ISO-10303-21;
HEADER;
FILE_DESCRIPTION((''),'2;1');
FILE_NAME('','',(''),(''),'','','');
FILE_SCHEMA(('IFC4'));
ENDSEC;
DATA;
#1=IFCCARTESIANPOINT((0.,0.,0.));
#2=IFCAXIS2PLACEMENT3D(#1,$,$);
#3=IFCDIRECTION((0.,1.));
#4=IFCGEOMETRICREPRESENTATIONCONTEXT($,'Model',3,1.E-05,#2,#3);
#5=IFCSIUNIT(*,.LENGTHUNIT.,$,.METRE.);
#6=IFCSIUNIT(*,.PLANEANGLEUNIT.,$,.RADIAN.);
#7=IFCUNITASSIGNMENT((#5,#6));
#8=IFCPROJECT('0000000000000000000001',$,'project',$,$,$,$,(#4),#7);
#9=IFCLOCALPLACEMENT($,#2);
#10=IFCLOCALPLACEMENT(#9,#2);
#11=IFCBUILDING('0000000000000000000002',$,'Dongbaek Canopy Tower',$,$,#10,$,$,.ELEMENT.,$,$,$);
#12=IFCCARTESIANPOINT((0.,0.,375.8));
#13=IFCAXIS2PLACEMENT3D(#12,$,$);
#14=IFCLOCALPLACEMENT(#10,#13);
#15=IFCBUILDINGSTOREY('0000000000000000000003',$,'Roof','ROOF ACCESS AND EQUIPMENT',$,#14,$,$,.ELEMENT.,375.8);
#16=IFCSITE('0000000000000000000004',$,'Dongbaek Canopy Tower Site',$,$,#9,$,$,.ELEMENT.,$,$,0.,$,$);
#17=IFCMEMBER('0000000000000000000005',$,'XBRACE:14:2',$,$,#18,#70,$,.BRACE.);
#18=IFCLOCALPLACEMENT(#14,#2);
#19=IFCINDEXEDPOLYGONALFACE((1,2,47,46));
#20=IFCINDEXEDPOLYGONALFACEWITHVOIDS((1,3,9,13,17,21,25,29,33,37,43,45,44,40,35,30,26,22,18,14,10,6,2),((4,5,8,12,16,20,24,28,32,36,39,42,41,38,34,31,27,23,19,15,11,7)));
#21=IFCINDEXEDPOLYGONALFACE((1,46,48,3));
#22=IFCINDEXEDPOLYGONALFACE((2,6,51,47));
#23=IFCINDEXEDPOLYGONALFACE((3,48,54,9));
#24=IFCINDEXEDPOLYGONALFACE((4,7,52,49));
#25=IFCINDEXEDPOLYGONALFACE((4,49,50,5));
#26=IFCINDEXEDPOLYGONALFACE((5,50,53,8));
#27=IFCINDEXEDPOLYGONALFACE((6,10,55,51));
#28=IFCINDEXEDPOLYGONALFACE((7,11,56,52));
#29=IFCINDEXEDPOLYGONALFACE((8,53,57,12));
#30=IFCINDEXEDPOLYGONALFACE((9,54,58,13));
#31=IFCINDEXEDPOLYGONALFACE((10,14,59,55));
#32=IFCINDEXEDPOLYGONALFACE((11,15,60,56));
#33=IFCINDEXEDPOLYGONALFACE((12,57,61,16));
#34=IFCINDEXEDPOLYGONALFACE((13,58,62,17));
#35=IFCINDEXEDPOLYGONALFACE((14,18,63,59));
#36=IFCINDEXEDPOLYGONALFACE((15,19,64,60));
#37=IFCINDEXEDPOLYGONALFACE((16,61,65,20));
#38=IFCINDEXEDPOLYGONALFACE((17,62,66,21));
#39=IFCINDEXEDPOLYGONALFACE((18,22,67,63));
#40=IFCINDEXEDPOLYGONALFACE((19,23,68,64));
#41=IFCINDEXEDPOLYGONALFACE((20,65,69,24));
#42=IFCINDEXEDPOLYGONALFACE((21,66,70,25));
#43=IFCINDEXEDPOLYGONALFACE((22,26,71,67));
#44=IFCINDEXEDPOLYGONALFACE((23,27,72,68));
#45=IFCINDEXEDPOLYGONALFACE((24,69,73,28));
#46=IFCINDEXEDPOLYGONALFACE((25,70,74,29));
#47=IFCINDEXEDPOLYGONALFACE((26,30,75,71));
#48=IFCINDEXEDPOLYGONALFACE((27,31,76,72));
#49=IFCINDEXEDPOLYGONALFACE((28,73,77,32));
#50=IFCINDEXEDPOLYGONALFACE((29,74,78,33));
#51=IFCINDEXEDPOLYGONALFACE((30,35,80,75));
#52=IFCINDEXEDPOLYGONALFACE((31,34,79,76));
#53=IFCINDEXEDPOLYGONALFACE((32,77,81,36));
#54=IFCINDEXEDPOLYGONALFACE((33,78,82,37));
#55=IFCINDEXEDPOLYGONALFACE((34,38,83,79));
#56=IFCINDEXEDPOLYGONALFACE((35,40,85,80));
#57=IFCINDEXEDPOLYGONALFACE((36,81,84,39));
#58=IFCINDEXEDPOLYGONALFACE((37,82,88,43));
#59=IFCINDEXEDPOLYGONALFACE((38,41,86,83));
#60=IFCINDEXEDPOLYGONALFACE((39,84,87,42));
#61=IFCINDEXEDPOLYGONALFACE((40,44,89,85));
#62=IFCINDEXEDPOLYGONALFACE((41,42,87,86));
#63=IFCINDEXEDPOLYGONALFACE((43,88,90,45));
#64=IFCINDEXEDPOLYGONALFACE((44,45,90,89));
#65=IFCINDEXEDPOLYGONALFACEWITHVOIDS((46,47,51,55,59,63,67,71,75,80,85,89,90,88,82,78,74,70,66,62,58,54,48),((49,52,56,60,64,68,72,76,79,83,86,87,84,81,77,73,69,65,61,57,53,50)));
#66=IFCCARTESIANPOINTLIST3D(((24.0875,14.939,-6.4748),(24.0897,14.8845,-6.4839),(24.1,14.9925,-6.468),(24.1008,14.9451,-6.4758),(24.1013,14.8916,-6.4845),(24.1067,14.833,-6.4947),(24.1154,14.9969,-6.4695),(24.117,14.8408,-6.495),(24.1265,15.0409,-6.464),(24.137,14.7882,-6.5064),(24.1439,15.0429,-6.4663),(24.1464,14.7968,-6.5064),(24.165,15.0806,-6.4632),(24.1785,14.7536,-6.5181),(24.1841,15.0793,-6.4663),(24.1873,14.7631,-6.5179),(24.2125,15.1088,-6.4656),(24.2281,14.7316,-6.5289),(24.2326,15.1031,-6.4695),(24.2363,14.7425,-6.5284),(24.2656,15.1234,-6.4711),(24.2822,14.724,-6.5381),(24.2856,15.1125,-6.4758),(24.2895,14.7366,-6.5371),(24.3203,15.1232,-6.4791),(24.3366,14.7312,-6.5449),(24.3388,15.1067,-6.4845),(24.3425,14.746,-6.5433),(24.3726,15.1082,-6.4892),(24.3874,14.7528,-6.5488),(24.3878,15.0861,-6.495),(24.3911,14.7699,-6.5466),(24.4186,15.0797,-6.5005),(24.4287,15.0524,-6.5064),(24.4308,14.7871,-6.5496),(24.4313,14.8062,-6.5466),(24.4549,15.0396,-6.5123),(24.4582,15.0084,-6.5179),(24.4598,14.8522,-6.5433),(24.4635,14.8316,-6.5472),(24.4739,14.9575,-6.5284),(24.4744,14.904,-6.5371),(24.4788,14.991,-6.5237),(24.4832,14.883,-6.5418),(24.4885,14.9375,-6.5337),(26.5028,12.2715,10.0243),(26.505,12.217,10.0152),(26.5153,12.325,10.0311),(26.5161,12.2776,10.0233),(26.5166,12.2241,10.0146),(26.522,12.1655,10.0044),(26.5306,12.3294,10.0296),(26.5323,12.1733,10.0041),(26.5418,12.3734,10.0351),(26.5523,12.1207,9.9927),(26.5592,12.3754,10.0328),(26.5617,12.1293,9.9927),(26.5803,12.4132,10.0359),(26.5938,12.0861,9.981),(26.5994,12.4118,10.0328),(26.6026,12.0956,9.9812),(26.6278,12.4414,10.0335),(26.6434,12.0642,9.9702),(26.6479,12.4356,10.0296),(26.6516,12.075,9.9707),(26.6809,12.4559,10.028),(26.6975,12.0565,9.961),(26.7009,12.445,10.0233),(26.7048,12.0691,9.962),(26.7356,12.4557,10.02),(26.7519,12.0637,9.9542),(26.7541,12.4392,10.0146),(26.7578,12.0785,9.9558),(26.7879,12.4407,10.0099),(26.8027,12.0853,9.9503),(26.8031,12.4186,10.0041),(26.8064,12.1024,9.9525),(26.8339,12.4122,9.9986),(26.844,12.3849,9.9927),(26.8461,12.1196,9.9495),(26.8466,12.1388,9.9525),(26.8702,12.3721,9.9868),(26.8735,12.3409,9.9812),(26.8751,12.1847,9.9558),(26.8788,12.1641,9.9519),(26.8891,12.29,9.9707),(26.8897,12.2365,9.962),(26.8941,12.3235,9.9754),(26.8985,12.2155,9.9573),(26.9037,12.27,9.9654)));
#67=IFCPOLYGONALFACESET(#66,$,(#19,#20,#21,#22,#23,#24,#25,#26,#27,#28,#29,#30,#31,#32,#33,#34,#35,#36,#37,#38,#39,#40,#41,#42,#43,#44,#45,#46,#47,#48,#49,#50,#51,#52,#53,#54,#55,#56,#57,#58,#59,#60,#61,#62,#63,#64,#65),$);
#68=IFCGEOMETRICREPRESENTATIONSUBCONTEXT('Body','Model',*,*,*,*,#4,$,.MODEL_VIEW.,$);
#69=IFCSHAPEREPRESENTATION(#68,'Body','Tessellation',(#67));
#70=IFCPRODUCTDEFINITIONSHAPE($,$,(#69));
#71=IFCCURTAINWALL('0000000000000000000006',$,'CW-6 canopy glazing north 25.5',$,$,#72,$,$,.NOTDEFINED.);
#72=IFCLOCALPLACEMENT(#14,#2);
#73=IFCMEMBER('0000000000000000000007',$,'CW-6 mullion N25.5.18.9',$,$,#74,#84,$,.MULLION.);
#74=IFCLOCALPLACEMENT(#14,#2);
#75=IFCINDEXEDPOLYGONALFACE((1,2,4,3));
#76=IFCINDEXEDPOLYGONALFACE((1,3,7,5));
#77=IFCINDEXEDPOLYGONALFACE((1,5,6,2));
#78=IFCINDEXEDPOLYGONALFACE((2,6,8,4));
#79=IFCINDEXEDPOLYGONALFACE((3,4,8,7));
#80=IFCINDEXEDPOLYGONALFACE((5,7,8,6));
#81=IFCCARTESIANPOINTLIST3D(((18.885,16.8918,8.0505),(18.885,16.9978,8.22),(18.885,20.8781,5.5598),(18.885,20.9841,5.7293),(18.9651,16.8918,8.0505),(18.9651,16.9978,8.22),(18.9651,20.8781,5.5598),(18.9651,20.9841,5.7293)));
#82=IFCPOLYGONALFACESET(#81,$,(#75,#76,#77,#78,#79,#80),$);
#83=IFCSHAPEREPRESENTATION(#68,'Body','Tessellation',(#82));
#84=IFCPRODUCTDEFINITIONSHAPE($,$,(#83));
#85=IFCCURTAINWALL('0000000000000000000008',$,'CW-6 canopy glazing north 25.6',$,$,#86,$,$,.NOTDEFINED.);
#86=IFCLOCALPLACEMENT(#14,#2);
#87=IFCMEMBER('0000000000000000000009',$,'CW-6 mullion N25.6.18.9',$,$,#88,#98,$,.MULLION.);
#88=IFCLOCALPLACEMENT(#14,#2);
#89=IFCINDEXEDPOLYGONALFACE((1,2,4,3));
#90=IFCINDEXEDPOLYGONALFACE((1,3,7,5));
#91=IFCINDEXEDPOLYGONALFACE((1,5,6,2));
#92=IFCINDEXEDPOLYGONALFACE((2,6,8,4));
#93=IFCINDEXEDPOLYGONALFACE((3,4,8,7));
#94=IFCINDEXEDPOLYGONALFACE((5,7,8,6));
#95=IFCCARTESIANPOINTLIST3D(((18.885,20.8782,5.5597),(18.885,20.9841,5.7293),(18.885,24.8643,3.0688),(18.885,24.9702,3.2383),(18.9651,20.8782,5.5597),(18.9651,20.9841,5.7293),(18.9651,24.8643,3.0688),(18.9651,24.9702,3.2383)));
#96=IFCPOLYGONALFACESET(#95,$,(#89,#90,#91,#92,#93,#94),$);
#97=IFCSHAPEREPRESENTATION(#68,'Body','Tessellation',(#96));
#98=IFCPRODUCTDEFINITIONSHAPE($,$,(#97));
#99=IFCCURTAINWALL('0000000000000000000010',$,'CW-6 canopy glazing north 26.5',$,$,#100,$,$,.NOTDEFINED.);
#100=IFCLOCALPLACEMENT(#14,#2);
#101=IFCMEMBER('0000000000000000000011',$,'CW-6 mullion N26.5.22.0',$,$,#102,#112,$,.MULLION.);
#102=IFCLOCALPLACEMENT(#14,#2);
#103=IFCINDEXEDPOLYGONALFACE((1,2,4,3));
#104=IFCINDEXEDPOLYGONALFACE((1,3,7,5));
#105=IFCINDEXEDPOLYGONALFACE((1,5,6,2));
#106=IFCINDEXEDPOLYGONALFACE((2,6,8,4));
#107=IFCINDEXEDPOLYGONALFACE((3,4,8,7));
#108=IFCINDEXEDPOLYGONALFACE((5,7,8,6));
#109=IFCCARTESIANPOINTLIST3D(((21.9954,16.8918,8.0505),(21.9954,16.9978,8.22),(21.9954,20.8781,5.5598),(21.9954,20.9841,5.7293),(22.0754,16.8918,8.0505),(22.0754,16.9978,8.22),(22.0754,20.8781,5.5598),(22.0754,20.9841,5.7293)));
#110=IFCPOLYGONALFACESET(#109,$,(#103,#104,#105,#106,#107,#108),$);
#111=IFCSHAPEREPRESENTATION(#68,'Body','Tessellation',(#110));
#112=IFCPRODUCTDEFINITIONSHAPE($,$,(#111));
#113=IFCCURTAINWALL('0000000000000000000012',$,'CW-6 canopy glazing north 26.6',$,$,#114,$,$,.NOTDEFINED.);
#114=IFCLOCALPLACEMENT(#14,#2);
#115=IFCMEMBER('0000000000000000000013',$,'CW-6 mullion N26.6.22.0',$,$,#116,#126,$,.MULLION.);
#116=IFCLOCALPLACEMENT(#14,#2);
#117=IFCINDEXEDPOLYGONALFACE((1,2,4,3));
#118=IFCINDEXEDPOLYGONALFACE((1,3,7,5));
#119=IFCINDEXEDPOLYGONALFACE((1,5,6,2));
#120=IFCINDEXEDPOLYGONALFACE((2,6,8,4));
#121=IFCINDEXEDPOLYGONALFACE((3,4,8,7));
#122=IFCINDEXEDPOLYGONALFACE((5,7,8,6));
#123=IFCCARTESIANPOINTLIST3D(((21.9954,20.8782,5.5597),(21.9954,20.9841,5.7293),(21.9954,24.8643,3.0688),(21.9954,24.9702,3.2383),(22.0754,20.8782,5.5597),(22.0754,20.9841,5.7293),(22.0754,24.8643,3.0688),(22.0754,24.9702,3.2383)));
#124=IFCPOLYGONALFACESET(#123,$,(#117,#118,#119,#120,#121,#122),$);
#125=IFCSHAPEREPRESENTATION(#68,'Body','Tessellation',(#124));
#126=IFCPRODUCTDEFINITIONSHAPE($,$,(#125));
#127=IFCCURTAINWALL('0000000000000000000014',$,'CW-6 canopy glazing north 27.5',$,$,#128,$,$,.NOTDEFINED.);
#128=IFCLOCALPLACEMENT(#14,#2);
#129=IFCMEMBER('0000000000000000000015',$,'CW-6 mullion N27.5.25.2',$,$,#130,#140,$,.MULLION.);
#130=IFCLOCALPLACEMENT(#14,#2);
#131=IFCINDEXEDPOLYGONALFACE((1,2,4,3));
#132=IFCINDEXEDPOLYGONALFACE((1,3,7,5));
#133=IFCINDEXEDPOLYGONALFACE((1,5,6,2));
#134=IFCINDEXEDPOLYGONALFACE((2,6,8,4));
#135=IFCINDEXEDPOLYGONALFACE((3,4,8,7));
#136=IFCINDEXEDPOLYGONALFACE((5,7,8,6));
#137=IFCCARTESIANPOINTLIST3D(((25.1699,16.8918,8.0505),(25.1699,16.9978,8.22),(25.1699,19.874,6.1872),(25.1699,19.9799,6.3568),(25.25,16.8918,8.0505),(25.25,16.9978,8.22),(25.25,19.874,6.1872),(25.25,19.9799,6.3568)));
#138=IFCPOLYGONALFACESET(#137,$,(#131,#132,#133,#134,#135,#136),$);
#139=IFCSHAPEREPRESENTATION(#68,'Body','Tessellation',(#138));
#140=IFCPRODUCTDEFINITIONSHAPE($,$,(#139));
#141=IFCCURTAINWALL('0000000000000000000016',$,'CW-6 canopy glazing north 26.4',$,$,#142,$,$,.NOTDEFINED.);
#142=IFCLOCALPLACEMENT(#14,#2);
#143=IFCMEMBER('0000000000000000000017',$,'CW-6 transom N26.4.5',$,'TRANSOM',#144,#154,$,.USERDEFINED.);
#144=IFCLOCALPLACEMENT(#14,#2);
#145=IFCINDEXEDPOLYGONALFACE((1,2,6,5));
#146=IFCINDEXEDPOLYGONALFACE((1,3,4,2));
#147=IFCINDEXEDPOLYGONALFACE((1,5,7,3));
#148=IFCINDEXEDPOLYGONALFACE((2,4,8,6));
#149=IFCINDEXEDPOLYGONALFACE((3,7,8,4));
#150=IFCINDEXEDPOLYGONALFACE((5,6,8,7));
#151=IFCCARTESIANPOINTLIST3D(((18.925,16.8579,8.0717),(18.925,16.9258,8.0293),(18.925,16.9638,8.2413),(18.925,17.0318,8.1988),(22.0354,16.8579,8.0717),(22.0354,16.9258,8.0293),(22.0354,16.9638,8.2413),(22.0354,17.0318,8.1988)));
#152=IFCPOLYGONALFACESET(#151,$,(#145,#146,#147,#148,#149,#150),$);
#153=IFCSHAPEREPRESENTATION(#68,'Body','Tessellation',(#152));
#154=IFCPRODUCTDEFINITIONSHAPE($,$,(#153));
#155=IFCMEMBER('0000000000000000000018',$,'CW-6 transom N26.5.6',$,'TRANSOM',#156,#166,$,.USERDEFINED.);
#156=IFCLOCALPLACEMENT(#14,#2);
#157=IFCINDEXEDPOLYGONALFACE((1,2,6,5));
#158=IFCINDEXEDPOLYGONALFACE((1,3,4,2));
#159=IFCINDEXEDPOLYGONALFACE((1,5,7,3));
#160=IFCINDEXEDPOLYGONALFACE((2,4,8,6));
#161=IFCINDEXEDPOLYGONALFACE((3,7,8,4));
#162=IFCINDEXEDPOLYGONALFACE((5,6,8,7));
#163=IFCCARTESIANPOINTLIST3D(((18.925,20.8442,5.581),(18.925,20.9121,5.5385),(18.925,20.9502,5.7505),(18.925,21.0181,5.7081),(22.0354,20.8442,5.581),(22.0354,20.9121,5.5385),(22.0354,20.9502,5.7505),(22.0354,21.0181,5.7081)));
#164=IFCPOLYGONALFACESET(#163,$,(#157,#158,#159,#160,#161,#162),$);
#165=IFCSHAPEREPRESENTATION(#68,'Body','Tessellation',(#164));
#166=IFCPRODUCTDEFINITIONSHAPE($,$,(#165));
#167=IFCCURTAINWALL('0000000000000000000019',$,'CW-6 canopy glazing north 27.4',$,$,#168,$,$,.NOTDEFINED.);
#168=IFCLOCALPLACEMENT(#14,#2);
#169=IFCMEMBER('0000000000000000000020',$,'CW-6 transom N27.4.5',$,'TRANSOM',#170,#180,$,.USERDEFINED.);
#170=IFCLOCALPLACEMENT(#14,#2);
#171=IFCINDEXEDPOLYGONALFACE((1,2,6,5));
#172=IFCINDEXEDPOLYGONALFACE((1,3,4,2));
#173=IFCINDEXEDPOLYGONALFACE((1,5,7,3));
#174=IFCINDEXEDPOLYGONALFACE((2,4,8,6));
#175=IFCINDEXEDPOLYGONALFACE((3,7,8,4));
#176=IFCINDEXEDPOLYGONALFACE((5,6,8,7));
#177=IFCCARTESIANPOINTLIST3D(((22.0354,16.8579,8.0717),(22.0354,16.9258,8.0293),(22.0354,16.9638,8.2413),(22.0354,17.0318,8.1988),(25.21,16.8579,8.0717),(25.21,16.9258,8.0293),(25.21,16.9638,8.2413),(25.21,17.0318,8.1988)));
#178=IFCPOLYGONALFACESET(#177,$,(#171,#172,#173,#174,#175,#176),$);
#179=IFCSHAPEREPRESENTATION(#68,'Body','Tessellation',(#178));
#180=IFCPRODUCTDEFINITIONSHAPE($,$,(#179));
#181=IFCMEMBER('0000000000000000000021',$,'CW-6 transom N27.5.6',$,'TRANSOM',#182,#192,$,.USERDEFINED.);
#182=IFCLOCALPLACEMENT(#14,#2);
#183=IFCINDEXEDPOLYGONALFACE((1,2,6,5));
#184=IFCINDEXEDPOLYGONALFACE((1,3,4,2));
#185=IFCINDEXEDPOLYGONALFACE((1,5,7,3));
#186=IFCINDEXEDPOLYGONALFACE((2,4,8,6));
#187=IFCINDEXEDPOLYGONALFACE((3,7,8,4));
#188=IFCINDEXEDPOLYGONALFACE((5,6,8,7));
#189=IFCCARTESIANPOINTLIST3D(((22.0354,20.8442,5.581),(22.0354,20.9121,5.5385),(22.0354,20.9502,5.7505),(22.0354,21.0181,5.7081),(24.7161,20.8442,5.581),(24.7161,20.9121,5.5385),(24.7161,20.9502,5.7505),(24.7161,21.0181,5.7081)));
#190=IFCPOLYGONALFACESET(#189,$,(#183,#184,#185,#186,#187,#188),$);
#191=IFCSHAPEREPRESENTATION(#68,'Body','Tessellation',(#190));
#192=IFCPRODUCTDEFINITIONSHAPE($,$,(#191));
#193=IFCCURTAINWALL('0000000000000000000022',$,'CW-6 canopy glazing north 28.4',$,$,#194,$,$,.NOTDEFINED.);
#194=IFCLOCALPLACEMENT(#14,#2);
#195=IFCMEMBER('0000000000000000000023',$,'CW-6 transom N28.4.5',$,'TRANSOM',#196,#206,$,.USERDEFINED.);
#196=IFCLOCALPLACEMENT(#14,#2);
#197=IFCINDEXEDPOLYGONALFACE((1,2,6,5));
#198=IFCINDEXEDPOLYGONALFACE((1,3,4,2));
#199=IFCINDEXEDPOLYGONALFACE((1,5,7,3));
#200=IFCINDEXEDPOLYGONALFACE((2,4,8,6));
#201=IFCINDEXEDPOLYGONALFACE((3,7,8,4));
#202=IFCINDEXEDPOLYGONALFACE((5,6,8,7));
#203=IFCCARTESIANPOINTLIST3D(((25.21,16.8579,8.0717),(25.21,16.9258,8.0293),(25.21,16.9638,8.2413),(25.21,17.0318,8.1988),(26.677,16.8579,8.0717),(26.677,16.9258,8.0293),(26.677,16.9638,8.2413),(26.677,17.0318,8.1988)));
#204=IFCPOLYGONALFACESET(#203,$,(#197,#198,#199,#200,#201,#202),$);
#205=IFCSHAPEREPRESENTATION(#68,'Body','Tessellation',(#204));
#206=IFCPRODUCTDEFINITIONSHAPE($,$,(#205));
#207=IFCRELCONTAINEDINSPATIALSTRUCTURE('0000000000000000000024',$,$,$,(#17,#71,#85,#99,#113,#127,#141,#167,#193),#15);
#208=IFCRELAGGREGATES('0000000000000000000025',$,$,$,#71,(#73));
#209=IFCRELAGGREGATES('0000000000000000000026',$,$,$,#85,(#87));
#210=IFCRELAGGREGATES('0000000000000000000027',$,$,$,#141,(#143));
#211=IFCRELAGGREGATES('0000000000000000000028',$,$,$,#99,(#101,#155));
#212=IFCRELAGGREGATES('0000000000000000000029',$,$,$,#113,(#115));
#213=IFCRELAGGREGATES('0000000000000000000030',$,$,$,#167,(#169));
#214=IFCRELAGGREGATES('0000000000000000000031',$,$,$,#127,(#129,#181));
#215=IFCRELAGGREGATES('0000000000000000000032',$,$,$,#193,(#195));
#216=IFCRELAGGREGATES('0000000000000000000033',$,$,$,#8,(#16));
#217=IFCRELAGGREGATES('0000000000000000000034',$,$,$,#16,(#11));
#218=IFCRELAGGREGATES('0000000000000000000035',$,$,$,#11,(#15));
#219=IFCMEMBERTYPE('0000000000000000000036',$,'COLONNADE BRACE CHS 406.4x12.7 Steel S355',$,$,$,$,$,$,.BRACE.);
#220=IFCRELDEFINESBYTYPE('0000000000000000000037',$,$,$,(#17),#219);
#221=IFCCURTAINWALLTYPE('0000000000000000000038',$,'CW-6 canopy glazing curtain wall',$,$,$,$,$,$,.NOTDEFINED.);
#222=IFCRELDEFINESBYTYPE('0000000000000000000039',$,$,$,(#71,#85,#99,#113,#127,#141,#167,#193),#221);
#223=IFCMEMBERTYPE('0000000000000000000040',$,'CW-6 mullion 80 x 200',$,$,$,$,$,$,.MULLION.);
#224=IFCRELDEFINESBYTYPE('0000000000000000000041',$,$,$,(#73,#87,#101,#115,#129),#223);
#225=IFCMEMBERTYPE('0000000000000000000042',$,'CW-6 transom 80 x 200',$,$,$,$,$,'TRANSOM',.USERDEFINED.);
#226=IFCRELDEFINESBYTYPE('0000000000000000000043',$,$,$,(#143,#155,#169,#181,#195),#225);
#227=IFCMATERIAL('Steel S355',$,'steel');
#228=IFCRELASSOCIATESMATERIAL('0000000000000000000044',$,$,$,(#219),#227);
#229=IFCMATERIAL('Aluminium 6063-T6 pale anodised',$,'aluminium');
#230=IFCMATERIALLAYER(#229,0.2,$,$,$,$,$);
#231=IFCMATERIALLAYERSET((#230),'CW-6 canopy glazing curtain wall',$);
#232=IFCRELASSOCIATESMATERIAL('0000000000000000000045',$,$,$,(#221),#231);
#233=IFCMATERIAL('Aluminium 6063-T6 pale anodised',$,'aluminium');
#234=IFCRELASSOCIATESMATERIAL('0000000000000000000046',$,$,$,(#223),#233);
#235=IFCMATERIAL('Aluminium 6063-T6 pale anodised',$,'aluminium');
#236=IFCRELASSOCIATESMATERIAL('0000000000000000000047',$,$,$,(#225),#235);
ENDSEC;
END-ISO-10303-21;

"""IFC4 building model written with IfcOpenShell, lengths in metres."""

from ifc_helpers import new_model, si_unit, direction, frame, origin, origin_2d, place, context, subcontext, project, spatial, rectangle, hollow_circle, extrude, material, layer, layer_set, material_profile, profile_set, type_object, element, aggregate, save


model = new_model("IFC4")

# Units and contexts
model_context = context("Model", 3, precision=1e-05, world=origin(), true_north=direction((0.0, 1.0)))
body_context = subcontext(model_context, "Body", "Model", "MODEL_VIEW")
ifc_project = project(units=[si_unit("LENGTHUNIT", "METRE"), si_unit("PLANEANGLEUNIT", "RADIAN")], contexts=[model_context])

# Site, building, storey
site_placement = place(None, origin())
site = spatial("IfcSite", under=ifc_project, at=site_placement, Name="Dongbaek Canopy Tower Site", CompositionType="ELEMENT", RefElevation=0.0)
building_placement = place(site_placement, origin())
building = spatial("IfcBuilding", under=site, at=building_placement, Name="Dongbaek Canopy Tower", CompositionType="ELEMENT")
storey_placement = place(building_placement, frame((0.0, 0.0, 375.8)))
storey = spatial("IfcBuildingStorey", under=building, at=storey_placement, Name="Roof", Description="ROOF ACCESS AND EQUIPMENT", CompositionType="ELEMENT", Elevation=375.8)

# Member
ifc_material_1 = material(Name="Steel S355", Category="steel")
ifc_material_profile_1 = material_profile(ifc_material_1, hollow_circle(Radius=0.2031, WallThickness=0.0127, at=origin_2d()), Name="COLONNADE BRACE CHS 406.4x12.7 Steel S355")
ifc_profile_set_1 = profile_set([ifc_material_profile_1], Name="Steel S355")
member_type_1 = type_object("IfcMemberType", Name="COLONNADE BRACE CHS 406.4x12.7 Steel S355", PredefinedType="BRACE", material=ifc_profile_set_1)
member_1_placement = place(storey_placement, frame((26.7029, 12.2571, 9.9927), z_axis=(-0.143027, 0.157962, -0.977032), x_axis=(-0.74128, -0.671196, 0.0)))
element("IfcMember", 1, at=member_1_placement, inside=storey, type_object=member_type_1, Name="XBRACE:14:2", PredefinedType="BRACE", context=body_context, shape_type="SweptSolid", body=[
    extrude(hollow_circle(Radius=0.2031, WallThickness=0.0127, at=origin_2d()), origin(), (0.0, 0.0, 1.0), 16.887),
])

# Curtain walls, members
ifc_material_2 = material(Name="Aluminium 6063-T6 pale anodised", Category="aluminium")
ifc_layer_1 = layer(ifc_material_2, 0.2)
ifc_layer_set_1 = layer_set([ifc_layer_1], Name="CW-6 canopy glazing curtain wall")
curtain_wall_type = type_object("IfcCurtainWallType", Name="CW-6 canopy glazing curtain wall", PredefinedType="NOTDEFINED", material=ifc_layer_set_1)
curtain_wall_1_placement = place(storey_placement, origin())
curtain_wall_1 = element("IfcCurtainWall", 2, at=curtain_wall_1_placement, inside=storey, type_object=curtain_wall_type, Name="CW-6 canopy glazing north 25.5", PredefinedType="NOTDEFINED")
ifc_material_3 = material(Name="Aluminium 6063-T6 pale anodised", Category="aluminium")
ifc_material_profile_2 = material_profile(ifc_material_3, rectangle(XDim=0.0801, YDim=0.2, at=origin_2d()), Name="CW-6 mullion 80 x 200")
ifc_profile_set_2 = profile_set([ifc_material_profile_2], Name="Aluminium 6063-T6 pale anodised")
member_type_2 = type_object("IfcMemberType", Name="CW-6 mullion 80 x 200", PredefinedType="MULLION", material=ifc_profile_set_2)
member_2_placement = place(storey_placement, frame((18.925, 16.9448, 8.1353), z_axis=(0.0, 0.848068, -0.529887), x_axis=(-1.0, 0.0, 0.0)))
member_2 = element("IfcMember", 3, at=member_2_placement, type_object=member_type_2, Name="CW-6 mullion N25.5.18.9", PredefinedType="MULLION", context=body_context, shape_type="SweptSolid", body=[
    extrude(rectangle(XDim=0.0801, YDim=0.2, at=origin_2d()), origin(), (0.0, 0.0, 1.0), 4.7004),
])
aggregate(curtain_wall_1, [member_2])
curtain_wall_2_placement = place(storey_placement, origin())
curtain_wall_2 = element("IfcCurtainWall", 4, at=curtain_wall_2_placement, inside=storey, type_object=curtain_wall_type, Name="CW-6 canopy glazing north 25.6", PredefinedType="NOTDEFINED")
member_3_placement = place(storey_placement, frame((18.925, 20.9312, 5.6445), z_axis=(0.0, 0.84803, -0.529948), x_axis=(-1.0, 0.0, 0.0)))
member_3 = element("IfcMember", 5, at=member_3_placement, type_object=member_type_2, Name="CW-6 mullion N25.6.18.9", PredefinedType="MULLION", context=body_context, shape_type="SweptSolid", body=[
    extrude(rectangle(XDim=0.0801, YDim=0.2, at=origin_2d()), origin(), (0.0, 0.0, 1.0), 4.7004),
])
aggregate(curtain_wall_2, [member_3])
curtain_wall_3_placement = place(storey_placement, origin())
curtain_wall_3 = element("IfcCurtainWall", 6, at=curtain_wall_3_placement, inside=storey, type_object=curtain_wall_type, Name="CW-6 canopy glazing north 26.5", PredefinedType="NOTDEFINED")
member_4_placement = place(storey_placement, frame((22.0354, 16.9448, 8.1353), z_axis=(0.0, 0.848068, -0.529887), x_axis=(-1.0, 0.0, 0.0)))
member_4 = element("IfcMember", 7, at=member_4_placement, type_object=member_type_2, Name="CW-6 mullion N26.5.22.0", PredefinedType="MULLION", context=body_context, shape_type="SweptSolid", body=[
    extrude(rectangle(XDim=0.0801, YDim=0.2, at=origin_2d()), origin(), (0.0, 0.0, 1.0), 4.7004),
])
curtain_wall_4_placement = place(storey_placement, origin())
curtain_wall_4 = element("IfcCurtainWall", 8, at=curtain_wall_4_placement, inside=storey, type_object=curtain_wall_type, Name="CW-6 canopy glazing north 26.6", PredefinedType="NOTDEFINED")
member_5_placement = place(storey_placement, frame((22.0354, 20.9312, 5.6445), z_axis=(0.0, 0.84803, -0.529948), x_axis=(-1.0, 0.0, 0.0)))
member_5 = element("IfcMember", 9, at=member_5_placement, type_object=member_type_2, Name="CW-6 mullion N26.6.22.0", PredefinedType="MULLION", context=body_context, shape_type="SweptSolid", body=[
    extrude(rectangle(XDim=0.0801, YDim=0.2, at=origin_2d()), origin(), (0.0, 0.0, 1.0), 4.7004),
])
curtain_wall_5_placement = place(storey_placement, origin())
curtain_wall_5 = element("IfcCurtainWall", 10, at=curtain_wall_5_placement, inside=storey, type_object=curtain_wall_type, Name="CW-6 canopy glazing north 27.5", PredefinedType="NOTDEFINED")
member_6_placement = place(storey_placement, frame((25.21, 16.9448, 8.1353), z_axis=(0.0, 0.848072, -0.52988), x_axis=(-1.0, 0.0, 0.0)))
member_6 = element("IfcMember", 11, at=member_6_placement, type_object=member_type_2, Name="CW-6 mullion N27.5.25.2", PredefinedType="MULLION", context=body_context, shape_type="SweptSolid", body=[
    extrude(rectangle(XDim=0.0801, YDim=0.2, at=origin_2d()), origin(), (0.0, 0.0, 1.0), 3.5164),
])
curtain_wall_6_placement = place(storey_placement, origin())
curtain_wall_6 = element("IfcCurtainWall", 12, at=curtain_wall_6_placement, inside=storey, type_object=curtain_wall_type, Name="CW-6 canopy glazing north 26.4", PredefinedType="NOTDEFINED")
ifc_material_4 = material(Name="Aluminium 6063-T6 pale anodised", Category="aluminium")
ifc_material_profile_3 = material_profile(ifc_material_4, rectangle(XDim=0.0801, YDim=0.2, at=origin_2d()), Name="CW-6 transom 80 x 200")
ifc_profile_set_3 = profile_set([ifc_material_profile_3], Name="Aluminium 6063-T6 pale anodised")
member_type_3 = type_object("IfcMemberType", Name="CW-6 transom 80 x 200", ElementType="TRANSOM", PredefinedType="USERDEFINED", material=ifc_profile_set_3)
member_7_placement = place(storey_placement, frame((18.925, 16.9448, 8.1353), z_axis=(1.0, 0.0, 0.0), x_axis=(0.0, 0.848048, -0.529919)))
member_7 = element("IfcMember", 13, at=member_7_placement, type_object=member_type_3, Name="CW-6 transom N26.4.5", ObjectType="TRANSOM", PredefinedType="USERDEFINED", context=body_context, shape_type="SweptSolid", body=[
    extrude(rectangle(XDim=0.0801, YDim=0.2, at=origin_2d()), origin(), (0.0, 0.0, 1.0), 3.1104),
])

# Member
member_8_placement = place(storey_placement, frame((18.925, 20.9312, 5.6445), z_axis=(1.0, 0.0, 0.0), x_axis=(0.0, 0.848048, -0.529919)))
member_8 = element("IfcMember", 14, at=member_8_placement, type_object=member_type_3, Name="CW-6 transom N26.5.6", ObjectType="TRANSOM", PredefinedType="USERDEFINED", context=body_context, shape_type="SweptSolid", body=[
    extrude(rectangle(XDim=0.0801, YDim=0.2, at=origin_2d()), origin(), (0.0, 0.0, 1.0), 3.1104),
])

# Curtain wall, member
curtain_wall_7_placement = place(storey_placement, origin())
curtain_wall_7 = element("IfcCurtainWall", 15, at=curtain_wall_7_placement, inside=storey, type_object=curtain_wall_type, Name="CW-6 canopy glazing north 27.4", PredefinedType="NOTDEFINED")
member_9_placement = place(storey_placement, frame((22.0354, 16.9448, 8.1353), z_axis=(1.0, 0.0, 0.0), x_axis=(0.0, 0.848048, -0.529919)))
member_9 = element("IfcMember", 16, at=member_9_placement, type_object=member_type_3, Name="CW-6 transom N27.4.5", ObjectType="TRANSOM", PredefinedType="USERDEFINED", context=body_context, shape_type="SweptSolid", body=[
    extrude(rectangle(XDim=0.0801, YDim=0.2, at=origin_2d()), origin(), (0.0, 0.0, 1.0), 3.1746),
])

# Member
member_10_placement = place(storey_placement, frame((22.0354, 20.9312, 5.6445), z_axis=(1.0, 0.0, 0.0), x_axis=(0.0, 0.848048, -0.529919)))
member_10 = element("IfcMember", 17, at=member_10_placement, type_object=member_type_3, Name="CW-6 transom N27.5.6", ObjectType="TRANSOM", PredefinedType="USERDEFINED", context=body_context, shape_type="SweptSolid", body=[
    extrude(rectangle(XDim=0.0801, YDim=0.2, at=origin_2d()), origin(), (0.0, 0.0, 1.0), 2.6807),
])

# Curtain wall, member
curtain_wall_8_placement = place(storey_placement, origin())
curtain_wall_8 = element("IfcCurtainWall", 18, at=curtain_wall_8_placement, inside=storey, type_object=curtain_wall_type, Name="CW-6 canopy glazing north 28.4", PredefinedType="NOTDEFINED")
member_11_placement = place(storey_placement, frame((25.21, 16.9448, 8.1353), z_axis=(1.0, 0.0, 0.0), x_axis=(0.0, 0.848048, -0.529919)))
member_11 = element("IfcMember", 19, at=member_11_placement, type_object=member_type_3, Name="CW-6 transom N28.4.5", ObjectType="TRANSOM", PredefinedType="USERDEFINED", context=body_context, shape_type="SweptSolid", body=[
    extrude(rectangle(XDim=0.0801, YDim=0.2, at=origin_2d()), origin(), (0.0, 0.0, 1.0), 1.467),
])

aggregate(curtain_wall_6, [member_7])
aggregate(curtain_wall_3, [member_4, member_8])
aggregate(curtain_wall_4, [member_5])
aggregate(curtain_wall_7, [member_9])
aggregate(curtain_wall_5, [member_6, member_10])
aggregate(curtain_wall_8, [member_11])

save(model, "model.ifc")
